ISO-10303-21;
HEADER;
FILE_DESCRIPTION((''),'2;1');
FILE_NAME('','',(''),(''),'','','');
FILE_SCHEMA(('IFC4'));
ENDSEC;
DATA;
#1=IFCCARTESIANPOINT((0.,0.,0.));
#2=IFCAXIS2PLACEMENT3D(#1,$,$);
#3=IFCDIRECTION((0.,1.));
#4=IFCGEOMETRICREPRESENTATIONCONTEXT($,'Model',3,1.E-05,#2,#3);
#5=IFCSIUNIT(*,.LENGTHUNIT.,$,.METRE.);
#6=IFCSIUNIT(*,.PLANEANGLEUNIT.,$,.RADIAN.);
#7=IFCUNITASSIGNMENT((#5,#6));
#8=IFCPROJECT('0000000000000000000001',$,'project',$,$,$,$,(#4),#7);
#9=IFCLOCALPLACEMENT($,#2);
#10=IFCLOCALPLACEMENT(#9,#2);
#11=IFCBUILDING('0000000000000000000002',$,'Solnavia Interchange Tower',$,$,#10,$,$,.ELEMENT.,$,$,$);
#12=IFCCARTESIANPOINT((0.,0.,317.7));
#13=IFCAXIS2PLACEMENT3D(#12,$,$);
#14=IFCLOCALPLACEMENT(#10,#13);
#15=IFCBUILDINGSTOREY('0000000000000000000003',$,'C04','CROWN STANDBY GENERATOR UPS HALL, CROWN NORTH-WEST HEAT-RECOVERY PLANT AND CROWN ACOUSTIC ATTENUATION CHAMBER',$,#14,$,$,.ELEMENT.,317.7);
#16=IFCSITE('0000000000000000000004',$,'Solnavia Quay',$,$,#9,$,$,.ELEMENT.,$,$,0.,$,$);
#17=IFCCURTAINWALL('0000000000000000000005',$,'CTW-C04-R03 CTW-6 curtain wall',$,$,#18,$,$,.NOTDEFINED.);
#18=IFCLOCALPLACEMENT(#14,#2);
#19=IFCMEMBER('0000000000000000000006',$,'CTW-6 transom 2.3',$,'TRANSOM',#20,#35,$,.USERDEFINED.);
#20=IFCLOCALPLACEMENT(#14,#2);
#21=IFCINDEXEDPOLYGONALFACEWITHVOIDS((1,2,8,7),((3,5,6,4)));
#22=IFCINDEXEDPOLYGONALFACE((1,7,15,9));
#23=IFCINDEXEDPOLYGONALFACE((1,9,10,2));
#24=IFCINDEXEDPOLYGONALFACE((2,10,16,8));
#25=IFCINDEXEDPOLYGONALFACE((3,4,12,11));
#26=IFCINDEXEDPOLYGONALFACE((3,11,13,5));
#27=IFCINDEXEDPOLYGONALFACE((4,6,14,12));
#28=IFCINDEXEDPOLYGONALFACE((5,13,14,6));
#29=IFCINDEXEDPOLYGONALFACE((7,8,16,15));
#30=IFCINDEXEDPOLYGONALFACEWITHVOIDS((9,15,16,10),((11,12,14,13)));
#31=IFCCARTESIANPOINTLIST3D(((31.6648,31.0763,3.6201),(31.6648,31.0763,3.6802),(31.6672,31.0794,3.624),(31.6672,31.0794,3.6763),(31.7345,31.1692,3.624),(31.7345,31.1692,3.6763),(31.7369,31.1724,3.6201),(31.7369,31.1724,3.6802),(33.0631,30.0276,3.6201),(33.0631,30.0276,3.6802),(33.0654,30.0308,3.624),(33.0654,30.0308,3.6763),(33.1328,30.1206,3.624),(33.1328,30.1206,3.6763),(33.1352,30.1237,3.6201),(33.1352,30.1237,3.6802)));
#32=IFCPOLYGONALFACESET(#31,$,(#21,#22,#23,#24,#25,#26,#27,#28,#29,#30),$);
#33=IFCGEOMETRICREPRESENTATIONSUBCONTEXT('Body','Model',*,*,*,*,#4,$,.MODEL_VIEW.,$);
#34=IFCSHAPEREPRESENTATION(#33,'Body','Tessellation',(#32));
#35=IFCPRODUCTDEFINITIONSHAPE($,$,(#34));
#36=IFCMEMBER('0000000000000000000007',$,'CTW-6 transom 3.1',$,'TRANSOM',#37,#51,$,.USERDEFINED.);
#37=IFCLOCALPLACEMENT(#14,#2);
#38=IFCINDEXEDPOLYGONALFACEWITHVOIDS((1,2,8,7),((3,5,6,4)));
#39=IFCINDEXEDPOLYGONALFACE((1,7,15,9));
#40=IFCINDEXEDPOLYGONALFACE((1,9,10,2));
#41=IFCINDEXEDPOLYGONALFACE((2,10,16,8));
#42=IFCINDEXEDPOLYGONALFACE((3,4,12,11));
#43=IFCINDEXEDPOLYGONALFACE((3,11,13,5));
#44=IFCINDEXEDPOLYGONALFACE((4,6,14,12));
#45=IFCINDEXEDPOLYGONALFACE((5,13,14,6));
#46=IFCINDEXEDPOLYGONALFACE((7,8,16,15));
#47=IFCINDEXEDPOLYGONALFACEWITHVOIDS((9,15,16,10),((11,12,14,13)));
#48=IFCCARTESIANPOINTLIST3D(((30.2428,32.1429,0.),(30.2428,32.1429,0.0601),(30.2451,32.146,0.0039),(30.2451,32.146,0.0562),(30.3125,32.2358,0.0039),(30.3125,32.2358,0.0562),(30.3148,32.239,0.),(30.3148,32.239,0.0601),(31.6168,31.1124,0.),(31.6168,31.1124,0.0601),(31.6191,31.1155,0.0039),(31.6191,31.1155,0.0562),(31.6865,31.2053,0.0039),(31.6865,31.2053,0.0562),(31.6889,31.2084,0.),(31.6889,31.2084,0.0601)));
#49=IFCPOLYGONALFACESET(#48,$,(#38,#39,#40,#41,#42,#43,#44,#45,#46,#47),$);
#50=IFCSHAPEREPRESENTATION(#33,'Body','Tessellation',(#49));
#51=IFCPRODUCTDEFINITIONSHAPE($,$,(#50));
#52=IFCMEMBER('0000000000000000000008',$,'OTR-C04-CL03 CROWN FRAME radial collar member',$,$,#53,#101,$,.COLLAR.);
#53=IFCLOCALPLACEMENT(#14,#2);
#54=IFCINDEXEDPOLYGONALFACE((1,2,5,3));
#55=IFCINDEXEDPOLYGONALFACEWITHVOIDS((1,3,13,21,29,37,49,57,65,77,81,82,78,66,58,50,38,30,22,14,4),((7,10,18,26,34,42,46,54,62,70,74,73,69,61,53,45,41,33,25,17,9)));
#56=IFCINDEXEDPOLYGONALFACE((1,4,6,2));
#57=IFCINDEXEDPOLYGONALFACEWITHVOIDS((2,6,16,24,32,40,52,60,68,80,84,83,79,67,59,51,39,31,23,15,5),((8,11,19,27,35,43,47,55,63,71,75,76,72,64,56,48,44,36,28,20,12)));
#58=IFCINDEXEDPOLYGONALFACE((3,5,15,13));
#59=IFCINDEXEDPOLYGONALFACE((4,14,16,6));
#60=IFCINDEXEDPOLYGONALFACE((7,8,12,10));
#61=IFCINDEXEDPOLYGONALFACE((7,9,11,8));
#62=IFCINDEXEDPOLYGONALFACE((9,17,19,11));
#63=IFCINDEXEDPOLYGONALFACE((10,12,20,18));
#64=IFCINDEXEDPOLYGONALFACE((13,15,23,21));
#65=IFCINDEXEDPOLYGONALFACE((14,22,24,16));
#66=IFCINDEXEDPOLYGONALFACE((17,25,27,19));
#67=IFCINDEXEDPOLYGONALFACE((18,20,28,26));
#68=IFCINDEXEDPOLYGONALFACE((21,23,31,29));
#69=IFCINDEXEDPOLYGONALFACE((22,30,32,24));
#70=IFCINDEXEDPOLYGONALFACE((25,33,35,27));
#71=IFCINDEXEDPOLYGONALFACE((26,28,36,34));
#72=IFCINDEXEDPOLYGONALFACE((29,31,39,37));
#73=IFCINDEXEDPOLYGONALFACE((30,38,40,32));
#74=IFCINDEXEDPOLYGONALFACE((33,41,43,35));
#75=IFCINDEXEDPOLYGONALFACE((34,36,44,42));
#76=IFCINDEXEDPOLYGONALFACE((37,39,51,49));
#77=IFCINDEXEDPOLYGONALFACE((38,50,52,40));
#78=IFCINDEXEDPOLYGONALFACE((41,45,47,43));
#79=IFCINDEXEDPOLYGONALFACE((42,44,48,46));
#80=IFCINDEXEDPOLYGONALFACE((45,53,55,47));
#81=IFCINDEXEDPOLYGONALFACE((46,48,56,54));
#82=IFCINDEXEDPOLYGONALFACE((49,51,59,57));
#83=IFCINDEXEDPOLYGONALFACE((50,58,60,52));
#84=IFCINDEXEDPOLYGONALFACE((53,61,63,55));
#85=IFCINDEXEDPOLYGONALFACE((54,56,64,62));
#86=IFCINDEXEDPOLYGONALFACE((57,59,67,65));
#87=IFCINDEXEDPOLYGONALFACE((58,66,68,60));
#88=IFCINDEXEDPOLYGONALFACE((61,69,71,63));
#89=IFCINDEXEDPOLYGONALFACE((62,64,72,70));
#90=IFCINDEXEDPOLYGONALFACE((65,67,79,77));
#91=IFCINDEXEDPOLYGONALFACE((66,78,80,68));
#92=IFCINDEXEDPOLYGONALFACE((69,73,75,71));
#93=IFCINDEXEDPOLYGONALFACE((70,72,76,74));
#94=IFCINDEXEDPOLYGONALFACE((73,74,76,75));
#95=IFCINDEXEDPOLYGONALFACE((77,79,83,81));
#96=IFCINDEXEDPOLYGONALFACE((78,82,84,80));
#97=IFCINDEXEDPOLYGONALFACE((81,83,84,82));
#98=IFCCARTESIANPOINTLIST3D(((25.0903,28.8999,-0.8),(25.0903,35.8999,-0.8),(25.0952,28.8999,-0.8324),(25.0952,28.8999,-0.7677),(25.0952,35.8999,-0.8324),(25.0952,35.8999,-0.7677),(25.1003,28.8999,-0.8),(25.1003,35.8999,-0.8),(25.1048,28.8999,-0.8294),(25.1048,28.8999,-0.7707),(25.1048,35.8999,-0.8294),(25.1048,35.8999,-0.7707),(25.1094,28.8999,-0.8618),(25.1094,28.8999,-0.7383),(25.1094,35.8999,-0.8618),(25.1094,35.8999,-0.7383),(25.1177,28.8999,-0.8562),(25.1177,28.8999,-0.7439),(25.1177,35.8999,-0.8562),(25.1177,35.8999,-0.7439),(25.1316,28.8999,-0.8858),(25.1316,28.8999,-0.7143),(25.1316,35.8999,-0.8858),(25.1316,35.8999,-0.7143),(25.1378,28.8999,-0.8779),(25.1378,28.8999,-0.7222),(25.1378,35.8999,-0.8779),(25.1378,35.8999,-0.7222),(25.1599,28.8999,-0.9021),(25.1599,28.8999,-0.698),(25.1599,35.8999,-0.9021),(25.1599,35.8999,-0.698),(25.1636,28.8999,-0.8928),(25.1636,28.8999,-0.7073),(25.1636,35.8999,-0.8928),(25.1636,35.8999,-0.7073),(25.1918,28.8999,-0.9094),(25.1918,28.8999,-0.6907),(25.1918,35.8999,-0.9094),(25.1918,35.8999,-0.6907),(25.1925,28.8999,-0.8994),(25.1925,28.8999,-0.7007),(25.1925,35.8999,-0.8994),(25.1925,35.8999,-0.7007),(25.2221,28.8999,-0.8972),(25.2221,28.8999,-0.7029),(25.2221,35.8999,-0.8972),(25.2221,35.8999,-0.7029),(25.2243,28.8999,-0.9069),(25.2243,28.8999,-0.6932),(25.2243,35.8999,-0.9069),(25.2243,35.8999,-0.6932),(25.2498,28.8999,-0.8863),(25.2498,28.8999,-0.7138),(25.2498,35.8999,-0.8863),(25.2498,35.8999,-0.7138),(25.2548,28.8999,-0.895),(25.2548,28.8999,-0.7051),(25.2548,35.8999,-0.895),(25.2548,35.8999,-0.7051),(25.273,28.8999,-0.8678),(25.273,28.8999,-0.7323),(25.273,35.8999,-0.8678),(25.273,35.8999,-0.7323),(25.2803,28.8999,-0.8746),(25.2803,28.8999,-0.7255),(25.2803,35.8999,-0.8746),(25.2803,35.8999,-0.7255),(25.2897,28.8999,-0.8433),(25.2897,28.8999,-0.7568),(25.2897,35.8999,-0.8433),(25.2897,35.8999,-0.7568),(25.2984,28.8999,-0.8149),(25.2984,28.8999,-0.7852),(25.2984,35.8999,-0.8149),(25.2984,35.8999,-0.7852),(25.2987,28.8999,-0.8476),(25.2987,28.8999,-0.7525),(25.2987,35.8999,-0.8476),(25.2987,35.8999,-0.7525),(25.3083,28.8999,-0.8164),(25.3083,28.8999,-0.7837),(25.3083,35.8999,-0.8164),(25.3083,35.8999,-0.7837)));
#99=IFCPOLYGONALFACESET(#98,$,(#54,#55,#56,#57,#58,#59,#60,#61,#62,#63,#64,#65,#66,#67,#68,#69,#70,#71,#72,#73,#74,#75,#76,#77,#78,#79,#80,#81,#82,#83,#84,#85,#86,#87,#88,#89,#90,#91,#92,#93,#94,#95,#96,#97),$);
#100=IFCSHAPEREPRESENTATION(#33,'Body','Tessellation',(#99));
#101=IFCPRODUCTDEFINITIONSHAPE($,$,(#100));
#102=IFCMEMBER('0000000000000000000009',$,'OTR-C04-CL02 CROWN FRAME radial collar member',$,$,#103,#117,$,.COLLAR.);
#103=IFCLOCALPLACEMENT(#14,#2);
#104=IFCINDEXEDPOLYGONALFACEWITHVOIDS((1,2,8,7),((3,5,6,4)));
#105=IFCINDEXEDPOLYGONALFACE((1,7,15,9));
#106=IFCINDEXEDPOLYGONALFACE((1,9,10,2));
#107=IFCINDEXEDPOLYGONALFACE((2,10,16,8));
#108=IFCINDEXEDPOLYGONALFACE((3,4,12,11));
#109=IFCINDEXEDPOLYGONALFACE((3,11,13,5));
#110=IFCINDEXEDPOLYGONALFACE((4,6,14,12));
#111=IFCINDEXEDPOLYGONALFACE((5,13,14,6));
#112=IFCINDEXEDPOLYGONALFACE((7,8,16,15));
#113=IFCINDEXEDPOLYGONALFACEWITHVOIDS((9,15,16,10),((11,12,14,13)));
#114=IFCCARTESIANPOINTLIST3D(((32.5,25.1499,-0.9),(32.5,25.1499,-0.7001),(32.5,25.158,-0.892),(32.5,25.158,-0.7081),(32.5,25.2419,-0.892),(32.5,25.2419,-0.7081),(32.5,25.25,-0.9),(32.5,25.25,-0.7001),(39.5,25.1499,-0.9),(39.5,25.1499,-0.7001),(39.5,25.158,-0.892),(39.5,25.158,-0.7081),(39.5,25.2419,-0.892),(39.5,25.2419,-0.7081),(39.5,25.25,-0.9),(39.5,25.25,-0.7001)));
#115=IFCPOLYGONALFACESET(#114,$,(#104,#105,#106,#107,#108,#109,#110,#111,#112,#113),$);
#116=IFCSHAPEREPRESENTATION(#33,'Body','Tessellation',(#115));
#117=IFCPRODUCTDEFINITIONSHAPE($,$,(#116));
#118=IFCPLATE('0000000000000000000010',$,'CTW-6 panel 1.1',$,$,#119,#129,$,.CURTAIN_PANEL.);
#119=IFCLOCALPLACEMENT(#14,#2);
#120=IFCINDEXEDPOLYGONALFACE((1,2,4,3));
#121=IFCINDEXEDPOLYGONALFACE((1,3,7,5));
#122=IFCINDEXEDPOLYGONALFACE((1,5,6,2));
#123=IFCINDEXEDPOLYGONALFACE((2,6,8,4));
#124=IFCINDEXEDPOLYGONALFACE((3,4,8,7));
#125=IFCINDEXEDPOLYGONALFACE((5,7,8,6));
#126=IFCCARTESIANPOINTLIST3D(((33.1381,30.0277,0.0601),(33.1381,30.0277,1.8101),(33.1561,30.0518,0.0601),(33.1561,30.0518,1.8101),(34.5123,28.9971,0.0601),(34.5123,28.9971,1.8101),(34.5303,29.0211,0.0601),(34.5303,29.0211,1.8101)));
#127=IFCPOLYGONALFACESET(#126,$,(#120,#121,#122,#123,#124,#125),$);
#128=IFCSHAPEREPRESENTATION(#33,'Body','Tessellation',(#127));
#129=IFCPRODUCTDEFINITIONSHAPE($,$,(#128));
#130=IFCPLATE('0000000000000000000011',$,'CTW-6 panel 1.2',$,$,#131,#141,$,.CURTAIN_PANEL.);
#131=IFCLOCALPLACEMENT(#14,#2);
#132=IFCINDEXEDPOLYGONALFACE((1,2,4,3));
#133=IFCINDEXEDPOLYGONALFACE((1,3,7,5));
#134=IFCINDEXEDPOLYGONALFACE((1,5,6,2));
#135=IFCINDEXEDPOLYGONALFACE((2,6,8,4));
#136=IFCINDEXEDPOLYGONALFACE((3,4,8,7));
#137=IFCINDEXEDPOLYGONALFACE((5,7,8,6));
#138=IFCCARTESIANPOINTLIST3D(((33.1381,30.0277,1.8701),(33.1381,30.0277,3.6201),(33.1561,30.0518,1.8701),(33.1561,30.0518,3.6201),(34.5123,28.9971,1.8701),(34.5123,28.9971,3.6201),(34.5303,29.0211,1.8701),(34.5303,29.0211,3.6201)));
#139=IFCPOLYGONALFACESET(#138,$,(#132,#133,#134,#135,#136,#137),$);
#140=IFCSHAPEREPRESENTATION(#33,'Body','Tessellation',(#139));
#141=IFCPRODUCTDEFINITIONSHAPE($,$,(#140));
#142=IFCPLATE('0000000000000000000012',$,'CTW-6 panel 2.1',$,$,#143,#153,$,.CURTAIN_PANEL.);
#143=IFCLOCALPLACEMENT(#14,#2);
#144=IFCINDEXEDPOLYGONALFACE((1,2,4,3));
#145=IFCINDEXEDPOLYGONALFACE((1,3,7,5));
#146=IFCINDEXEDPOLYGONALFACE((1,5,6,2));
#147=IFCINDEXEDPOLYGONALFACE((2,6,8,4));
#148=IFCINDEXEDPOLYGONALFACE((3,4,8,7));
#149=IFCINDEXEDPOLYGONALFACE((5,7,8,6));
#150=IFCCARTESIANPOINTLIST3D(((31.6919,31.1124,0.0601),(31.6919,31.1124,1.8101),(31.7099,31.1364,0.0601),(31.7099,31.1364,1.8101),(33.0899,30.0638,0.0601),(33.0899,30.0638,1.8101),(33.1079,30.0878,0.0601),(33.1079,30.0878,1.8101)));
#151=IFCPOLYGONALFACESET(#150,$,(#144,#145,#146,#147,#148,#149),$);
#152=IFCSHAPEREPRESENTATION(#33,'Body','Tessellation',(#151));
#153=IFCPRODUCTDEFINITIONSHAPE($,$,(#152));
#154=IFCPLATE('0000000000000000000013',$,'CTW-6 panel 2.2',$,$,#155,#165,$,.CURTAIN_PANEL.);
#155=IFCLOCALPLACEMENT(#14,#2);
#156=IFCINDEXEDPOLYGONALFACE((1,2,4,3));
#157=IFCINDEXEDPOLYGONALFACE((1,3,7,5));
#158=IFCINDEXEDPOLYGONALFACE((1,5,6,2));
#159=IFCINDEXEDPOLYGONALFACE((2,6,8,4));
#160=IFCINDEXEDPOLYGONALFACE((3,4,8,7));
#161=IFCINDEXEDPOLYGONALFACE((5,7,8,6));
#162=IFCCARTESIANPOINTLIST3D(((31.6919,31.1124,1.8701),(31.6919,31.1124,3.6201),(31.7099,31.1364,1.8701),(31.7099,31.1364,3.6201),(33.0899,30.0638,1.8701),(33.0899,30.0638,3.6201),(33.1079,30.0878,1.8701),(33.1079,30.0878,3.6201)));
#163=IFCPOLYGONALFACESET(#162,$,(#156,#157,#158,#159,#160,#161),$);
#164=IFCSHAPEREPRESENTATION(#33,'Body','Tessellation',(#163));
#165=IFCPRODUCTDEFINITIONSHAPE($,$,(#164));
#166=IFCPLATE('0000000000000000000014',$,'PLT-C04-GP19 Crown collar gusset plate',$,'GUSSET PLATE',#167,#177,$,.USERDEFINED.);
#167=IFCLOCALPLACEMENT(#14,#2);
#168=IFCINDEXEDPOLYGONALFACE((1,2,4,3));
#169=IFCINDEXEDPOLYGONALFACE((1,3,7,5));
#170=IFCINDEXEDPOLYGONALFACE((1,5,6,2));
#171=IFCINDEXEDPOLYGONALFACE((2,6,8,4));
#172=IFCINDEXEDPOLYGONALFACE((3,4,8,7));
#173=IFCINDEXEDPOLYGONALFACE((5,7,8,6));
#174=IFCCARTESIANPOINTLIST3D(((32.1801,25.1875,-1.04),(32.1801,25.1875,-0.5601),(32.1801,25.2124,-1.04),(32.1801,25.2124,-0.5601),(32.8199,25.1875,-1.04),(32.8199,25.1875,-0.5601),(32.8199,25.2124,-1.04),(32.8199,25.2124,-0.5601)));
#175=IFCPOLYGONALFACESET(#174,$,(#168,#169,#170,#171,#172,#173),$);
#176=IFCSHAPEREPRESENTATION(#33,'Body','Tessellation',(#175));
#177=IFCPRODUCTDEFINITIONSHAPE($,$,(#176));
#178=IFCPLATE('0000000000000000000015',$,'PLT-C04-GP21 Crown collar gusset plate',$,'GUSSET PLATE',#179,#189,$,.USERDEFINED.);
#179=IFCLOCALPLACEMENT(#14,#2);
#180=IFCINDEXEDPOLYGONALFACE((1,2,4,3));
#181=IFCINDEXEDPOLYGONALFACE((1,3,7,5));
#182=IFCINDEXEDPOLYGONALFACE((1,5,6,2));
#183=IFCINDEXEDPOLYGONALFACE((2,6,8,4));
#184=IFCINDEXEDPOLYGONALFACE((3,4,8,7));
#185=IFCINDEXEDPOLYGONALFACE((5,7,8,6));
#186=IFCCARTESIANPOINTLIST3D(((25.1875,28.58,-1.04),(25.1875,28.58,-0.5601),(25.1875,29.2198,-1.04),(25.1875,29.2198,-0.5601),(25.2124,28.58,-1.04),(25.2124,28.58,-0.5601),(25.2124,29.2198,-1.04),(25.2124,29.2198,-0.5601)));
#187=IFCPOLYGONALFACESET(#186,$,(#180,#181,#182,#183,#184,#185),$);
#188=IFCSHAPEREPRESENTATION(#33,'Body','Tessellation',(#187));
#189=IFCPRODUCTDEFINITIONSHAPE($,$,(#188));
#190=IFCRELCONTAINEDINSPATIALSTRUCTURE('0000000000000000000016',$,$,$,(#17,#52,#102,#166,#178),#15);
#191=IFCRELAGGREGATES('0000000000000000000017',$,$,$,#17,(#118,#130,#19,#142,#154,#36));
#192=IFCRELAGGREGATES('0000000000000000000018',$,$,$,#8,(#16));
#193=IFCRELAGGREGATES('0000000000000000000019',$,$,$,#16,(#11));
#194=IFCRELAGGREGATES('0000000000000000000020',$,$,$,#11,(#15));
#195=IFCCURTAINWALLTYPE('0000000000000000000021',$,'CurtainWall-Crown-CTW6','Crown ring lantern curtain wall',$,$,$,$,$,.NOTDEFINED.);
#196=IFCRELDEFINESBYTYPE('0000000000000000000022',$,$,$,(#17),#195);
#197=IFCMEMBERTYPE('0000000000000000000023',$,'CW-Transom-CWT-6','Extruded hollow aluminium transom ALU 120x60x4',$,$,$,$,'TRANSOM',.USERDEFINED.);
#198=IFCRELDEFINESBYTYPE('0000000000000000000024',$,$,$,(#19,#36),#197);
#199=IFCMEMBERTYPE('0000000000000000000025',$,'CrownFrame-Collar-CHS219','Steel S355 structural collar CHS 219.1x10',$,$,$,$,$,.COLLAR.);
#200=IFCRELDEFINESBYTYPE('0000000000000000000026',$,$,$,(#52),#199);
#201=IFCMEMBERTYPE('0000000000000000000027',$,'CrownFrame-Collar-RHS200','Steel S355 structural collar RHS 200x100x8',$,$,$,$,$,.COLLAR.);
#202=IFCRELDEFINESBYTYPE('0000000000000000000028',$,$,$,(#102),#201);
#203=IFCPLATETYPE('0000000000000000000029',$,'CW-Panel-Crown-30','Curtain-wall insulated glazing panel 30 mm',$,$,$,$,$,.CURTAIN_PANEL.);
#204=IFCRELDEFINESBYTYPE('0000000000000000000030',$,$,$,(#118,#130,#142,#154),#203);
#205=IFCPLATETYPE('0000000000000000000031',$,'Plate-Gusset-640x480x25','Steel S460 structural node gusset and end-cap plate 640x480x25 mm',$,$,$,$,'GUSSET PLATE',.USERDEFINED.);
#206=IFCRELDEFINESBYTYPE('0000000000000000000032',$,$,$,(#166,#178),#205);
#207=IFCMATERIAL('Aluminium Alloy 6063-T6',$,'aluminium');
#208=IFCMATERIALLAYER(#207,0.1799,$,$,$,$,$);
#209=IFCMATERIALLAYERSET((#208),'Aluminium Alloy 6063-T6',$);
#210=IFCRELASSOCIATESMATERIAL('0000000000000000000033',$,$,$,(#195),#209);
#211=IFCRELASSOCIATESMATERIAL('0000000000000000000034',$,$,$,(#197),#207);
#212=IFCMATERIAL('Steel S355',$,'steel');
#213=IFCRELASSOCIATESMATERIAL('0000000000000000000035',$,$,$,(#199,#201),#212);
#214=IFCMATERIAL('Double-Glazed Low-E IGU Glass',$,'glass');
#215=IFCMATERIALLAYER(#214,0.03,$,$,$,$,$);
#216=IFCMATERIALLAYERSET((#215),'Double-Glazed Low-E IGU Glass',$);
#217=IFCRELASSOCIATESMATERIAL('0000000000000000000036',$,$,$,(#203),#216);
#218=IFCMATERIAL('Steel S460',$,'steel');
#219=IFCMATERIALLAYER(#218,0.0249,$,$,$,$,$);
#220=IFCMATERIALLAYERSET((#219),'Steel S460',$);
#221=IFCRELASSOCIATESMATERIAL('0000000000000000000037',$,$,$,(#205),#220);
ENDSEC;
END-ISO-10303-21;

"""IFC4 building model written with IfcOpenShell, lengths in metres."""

from ifc_helpers import new_model, si_unit, direction, frame, origin, origin_2d, place, context, subcontext, project, spatial, rectangle, hollow_rectangle, hollow_circle, extrude, material, layer, layer_set, material_profile, profile_set, type_object, element, aggregate, save


model = new_model("IFC4")

# Units and contexts
model_context = context("Model", 3, precision=1e-05, world=origin(), true_north=direction((0.0, 1.0)))
body_context = subcontext(model_context, "Body", "Model", "MODEL_VIEW")
ifc_project = project(units=[si_unit("LENGTHUNIT", "METRE"), si_unit("PLANEANGLEUNIT", "RADIAN")], contexts=[model_context])

# Site, building, storey
site_placement = place(None, origin())
site = spatial("IfcSite", under=ifc_project, at=site_placement, Name="Solnavia Quay", CompositionType="ELEMENT", RefElevation=0.0)
building_placement = place(site_placement, origin())
building = spatial("IfcBuilding", under=site, at=building_placement, Name="Solnavia Interchange Tower", CompositionType="ELEMENT")
storey_placement = place(building_placement, frame((0.0, 0.0, 317.7)))
storey = spatial("IfcBuildingStorey", under=building, at=storey_placement, Name="C04", Description="CROWN STANDBY GENERATOR UPS HALL, CROWN NORTH-WEST HEAT-RECOVERY PLANT AND CROWN ACOUSTIC ATTENUATION CHAMBER", CompositionType="ELEMENT", Elevation=317.7)

# Shared definitions
ifc_material_1 = material(Name="Steel S460", Category="steel")

# Curtain wall, members
ifc_material_2 = material(Name="Aluminium Alloy 6063-T6", Category="aluminium")
ifc_layer_1 = layer(ifc_material_2, 0.1799)
ifc_layer_set_1 = layer_set([ifc_layer_1], Name="Aluminium Alloy 6063-T6")
curtain_wall_type = type_object("IfcCurtainWallType", Name="CurtainWall-Crown-CTW6", Description="Crown ring lantern curtain wall", PredefinedType="NOTDEFINED", material=ifc_layer_set_1)
curtain_wall_placement = place(storey_placement, origin())
curtain_wall = element("IfcCurtainWall", 1, at=curtain_wall_placement, inside=storey, type_object=curtain_wall_type, Name="CTW-C04-R03 CTW-6 curtain wall", PredefinedType="NOTDEFINED")
ifc_material_profile_1 = material_profile(ifc_material_2, hollow_rectangle(XDim=0.0601, YDim=0.1201, WallThickness=0.0039, at=origin_2d()), Name="ALU 120x60x4")
ifc_profile_set_1 = profile_set([ifc_material_profile_1], Name="Aluminium Alloy 6063-T6")
member_type_1 = type_object("IfcMemberType", Name="CW-Transom-CWT-6", Description="Extruded hollow aluminium transom ALU 120x60x4", ElementType="TRANSOM", PredefinedType="USERDEFINED", material=ifc_profile_set_1)
member_1_placement = place(storey_placement, frame((33.0991, 30.0757, 3.6501), z_axis=(-0.800017, 0.599978, 0.0), x_axis=(0.0, 0.0, 1.0)))
member_1 = element("IfcMember", 2, at=member_1_placement, type_object=member_type_1, Name="CTW-6 transom 2.3", ObjectType="TRANSOM", PredefinedType="USERDEFINED", context=body_context, shape_type="SweptSolid", body=[
    extrude(hollow_rectangle(XDim=0.0601, YDim=0.1201, WallThickness=0.0039, at=origin_2d()), origin(), (0.0, 0.0, 1.0), 1.7478),
])
member_2_placement = place(storey_placement, frame((31.6528, 31.1604, 0.03), z_axis=(-0.8, 0.6, 0.0), x_axis=(0.0, 0.0, 1.0)))
member_2 = element("IfcMember", 3, at=member_2_placement, type_object=member_type_1, Name="CTW-6 transom 3.1", ObjectType="TRANSOM", PredefinedType="USERDEFINED", context=body_context, shape_type="SweptSolid", body=[
    extrude(hollow_rectangle(XDim=0.0601, YDim=0.1201, WallThickness=0.0039, at=origin_2d()), origin(), (0.0, 0.0, 1.0), 1.7175),
])

# Members
ifc_material_3 = material(Name="Steel S355", Category="steel")
ifc_material_profile_2 = material_profile(ifc_material_3, hollow_circle(Radius=0.1096, WallThickness=0.01, at=origin_2d()), Name="CHS 219.1x10")
ifc_profile_set_2 = profile_set([ifc_material_profile_2], Name="Steel S355")
member_type_2 = type_object("IfcMemberType", Name="CrownFrame-Collar-CHS219", Description="Steel S355 structural collar CHS 219.1x10", PredefinedType="COLLAR", material=ifc_profile_set_2)
member_3_placement = place(storey_placement, frame((25.2, 28.8999, -0.8), z_axis=(0.0, 1.0, 0.0), x_axis=(-1.0, 0.0, 0.0)))
element("IfcMember", 4, at=member_3_placement, inside=storey, type_object=member_type_2, Name="OTR-C04-CL03 CROWN FRAME radial collar member", PredefinedType="COLLAR", context=body_context, shape_type="SweptSolid", body=[
    extrude(hollow_circle(Radius=0.1096, WallThickness=0.01, at=origin_2d()), origin(), (0.0, 0.0, 1.0), 7.0),
])
ifc_material_profile_3 = material_profile(ifc_material_3, hollow_rectangle(XDim=0.1001, YDim=0.2, WallThickness=0.0081, at=origin_2d()), Name="RHS 200x100x8")
ifc_profile_set_3 = profile_set([ifc_material_profile_3], Name="Steel S355")
member_type_3 = type_object("IfcMemberType", Name="CrownFrame-Collar-RHS200", Description="Steel S355 structural collar RHS 200x100x8", PredefinedType="COLLAR", material=ifc_profile_set_3)
member_4_placement = place(storey_placement, frame((32.5, 25.2, -0.8), z_axis=(1.0, 0.0, 0.0), x_axis=(0.0, 1.0, 0.0)))
element("IfcMember", 5, at=member_4_placement, inside=storey, type_object=member_type_3, Name="OTR-C04-CL02 CROWN FRAME radial collar member", PredefinedType="COLLAR", context=body_context, shape_type="SweptSolid", body=[
    extrude(hollow_rectangle(XDim=0.1001, YDim=0.2, WallThickness=0.0081, at=origin_2d()), origin(), (0.0, 0.0, 1.0), 7.0),
])

# Plates
ifc_material_4 = material(Name="Double-Glazed Low-E IGU Glass", Category="glass")
ifc_layer_2 = layer(ifc_material_4, 0.03)
ifc_layer_set_2 = layer_set([ifc_layer_2], Name="Double-Glazed Low-E IGU Glass")
plate_type_1 = type_object("IfcPlateType", Name="CW-Panel-Crown-30", Description="Curtain-wall insulated glazing panel 30 mm", PredefinedType="CURTAIN_PANEL", material=ifc_layer_set_2)
plate_1_placement = place(storey_placement, frame((33.8342, 29.5244, 0.0601), z_axis=(0.0, 0.0, 1.0), x_axis=(-0.8, 0.6, 0.0)))
plate_1 = element("IfcPlate", 6, at=plate_1_placement, type_object=plate_type_1, Name="CTW-6 panel 1.1", PredefinedType="CURTAIN_PANEL", context=body_context, shape_type="SweptSolid", body=[
    extrude(rectangle(XDim=1.7178, YDim=0.03, at=origin_2d()), origin(), (0.0, 0.0, 1.0), 1.75),
])
plate_2_placement = place(storey_placement, frame((33.8342, 29.5244, 1.8701), z_axis=(0.0, 0.0, 1.0), x_axis=(-0.8, 0.6, 0.0)))
plate_2 = element("IfcPlate", 7, at=plate_2_placement, type_object=plate_type_1, Name="CTW-6 panel 1.2", PredefinedType="CURTAIN_PANEL", context=body_context, shape_type="SweptSolid", body=[
    extrude(rectangle(XDim=1.7178, YDim=0.03, at=origin_2d()), origin(), (0.0, 0.0, 1.0), 1.75),
])
plate_3_placement = place(storey_placement, frame((32.3999, 30.6001, 0.0601), z_axis=(0.0, 0.0, 1.0), x_axis=(-0.8, 0.6, 0.0)))
plate_3 = element("IfcPlate", 8, at=plate_3_placement, type_object=plate_type_1, Name="CTW-6 panel 2.1", PredefinedType="CURTAIN_PANEL", context=body_context, shape_type="SweptSolid", body=[
    extrude(rectangle(XDim=1.7476, YDim=0.03, at=origin_2d()), origin(), (0.0, 0.0, 1.0), 1.75),
])
plate_4_placement = place(storey_placement, frame((32.3999, 30.6001, 1.8701), z_axis=(0.0, 0.0, 1.0), x_axis=(-0.8, 0.6, 0.0)))
plate_4 = element("IfcPlate", 9, at=plate_4_placement, type_object=plate_type_1, Name="CTW-6 panel 2.2", PredefinedType="CURTAIN_PANEL", context=body_context, shape_type="SweptSolid", body=[
    extrude(rectangle(XDim=1.7476, YDim=0.03, at=origin_2d()), origin(), (0.0, 0.0, 1.0), 1.75),
])
aggregate(curtain_wall, [plate_1, plate_2, member_1, plate_3, plate_4, member_2])

# Plates
ifc_layer_3 = layer(ifc_material_1, 0.0249)
ifc_layer_set_3 = layer_set([ifc_layer_3], Name="Steel S460")
plate_type_2 = type_object("IfcPlateType", Name="Plate-Gusset-640x480x25", Description="Steel S460 structural node gusset and end-cap plate 640x480x25 mm", ElementType="GUSSET PLATE", PredefinedType="USERDEFINED", material=ifc_layer_set_3)
for number, where, z_axis, x_axis, name in (
    (10, (32.5, 25.2, -1.04), (0.0, 0.0, 1.0), (1.0, 0.0, 0.0), "PLT-C04-GP19 Crown collar gusset plate"),
    (11, (25.2, 28.8999, -1.04), (0.0, 0.0, 1.0), (0.0, 1.0, 0.0), "PLT-C04-GP21 Crown collar gusset plate"),
):
    element("IfcPlate", number, at=place(storey_placement, frame(where, z_axis=z_axis, x_axis=x_axis)), inside=storey, type_object=plate_type_2, Name=name, ObjectType="GUSSET PLATE", PredefinedType="USERDEFINED", context=body_context, shape_type="SweptSolid", body=[
        extrude(rectangle(XDim=0.6399, YDim=0.0249, at=origin_2d()), origin(), (0.0, 0.0, 1.0), 0.48),
    ])

save(model, "model.ifc")
